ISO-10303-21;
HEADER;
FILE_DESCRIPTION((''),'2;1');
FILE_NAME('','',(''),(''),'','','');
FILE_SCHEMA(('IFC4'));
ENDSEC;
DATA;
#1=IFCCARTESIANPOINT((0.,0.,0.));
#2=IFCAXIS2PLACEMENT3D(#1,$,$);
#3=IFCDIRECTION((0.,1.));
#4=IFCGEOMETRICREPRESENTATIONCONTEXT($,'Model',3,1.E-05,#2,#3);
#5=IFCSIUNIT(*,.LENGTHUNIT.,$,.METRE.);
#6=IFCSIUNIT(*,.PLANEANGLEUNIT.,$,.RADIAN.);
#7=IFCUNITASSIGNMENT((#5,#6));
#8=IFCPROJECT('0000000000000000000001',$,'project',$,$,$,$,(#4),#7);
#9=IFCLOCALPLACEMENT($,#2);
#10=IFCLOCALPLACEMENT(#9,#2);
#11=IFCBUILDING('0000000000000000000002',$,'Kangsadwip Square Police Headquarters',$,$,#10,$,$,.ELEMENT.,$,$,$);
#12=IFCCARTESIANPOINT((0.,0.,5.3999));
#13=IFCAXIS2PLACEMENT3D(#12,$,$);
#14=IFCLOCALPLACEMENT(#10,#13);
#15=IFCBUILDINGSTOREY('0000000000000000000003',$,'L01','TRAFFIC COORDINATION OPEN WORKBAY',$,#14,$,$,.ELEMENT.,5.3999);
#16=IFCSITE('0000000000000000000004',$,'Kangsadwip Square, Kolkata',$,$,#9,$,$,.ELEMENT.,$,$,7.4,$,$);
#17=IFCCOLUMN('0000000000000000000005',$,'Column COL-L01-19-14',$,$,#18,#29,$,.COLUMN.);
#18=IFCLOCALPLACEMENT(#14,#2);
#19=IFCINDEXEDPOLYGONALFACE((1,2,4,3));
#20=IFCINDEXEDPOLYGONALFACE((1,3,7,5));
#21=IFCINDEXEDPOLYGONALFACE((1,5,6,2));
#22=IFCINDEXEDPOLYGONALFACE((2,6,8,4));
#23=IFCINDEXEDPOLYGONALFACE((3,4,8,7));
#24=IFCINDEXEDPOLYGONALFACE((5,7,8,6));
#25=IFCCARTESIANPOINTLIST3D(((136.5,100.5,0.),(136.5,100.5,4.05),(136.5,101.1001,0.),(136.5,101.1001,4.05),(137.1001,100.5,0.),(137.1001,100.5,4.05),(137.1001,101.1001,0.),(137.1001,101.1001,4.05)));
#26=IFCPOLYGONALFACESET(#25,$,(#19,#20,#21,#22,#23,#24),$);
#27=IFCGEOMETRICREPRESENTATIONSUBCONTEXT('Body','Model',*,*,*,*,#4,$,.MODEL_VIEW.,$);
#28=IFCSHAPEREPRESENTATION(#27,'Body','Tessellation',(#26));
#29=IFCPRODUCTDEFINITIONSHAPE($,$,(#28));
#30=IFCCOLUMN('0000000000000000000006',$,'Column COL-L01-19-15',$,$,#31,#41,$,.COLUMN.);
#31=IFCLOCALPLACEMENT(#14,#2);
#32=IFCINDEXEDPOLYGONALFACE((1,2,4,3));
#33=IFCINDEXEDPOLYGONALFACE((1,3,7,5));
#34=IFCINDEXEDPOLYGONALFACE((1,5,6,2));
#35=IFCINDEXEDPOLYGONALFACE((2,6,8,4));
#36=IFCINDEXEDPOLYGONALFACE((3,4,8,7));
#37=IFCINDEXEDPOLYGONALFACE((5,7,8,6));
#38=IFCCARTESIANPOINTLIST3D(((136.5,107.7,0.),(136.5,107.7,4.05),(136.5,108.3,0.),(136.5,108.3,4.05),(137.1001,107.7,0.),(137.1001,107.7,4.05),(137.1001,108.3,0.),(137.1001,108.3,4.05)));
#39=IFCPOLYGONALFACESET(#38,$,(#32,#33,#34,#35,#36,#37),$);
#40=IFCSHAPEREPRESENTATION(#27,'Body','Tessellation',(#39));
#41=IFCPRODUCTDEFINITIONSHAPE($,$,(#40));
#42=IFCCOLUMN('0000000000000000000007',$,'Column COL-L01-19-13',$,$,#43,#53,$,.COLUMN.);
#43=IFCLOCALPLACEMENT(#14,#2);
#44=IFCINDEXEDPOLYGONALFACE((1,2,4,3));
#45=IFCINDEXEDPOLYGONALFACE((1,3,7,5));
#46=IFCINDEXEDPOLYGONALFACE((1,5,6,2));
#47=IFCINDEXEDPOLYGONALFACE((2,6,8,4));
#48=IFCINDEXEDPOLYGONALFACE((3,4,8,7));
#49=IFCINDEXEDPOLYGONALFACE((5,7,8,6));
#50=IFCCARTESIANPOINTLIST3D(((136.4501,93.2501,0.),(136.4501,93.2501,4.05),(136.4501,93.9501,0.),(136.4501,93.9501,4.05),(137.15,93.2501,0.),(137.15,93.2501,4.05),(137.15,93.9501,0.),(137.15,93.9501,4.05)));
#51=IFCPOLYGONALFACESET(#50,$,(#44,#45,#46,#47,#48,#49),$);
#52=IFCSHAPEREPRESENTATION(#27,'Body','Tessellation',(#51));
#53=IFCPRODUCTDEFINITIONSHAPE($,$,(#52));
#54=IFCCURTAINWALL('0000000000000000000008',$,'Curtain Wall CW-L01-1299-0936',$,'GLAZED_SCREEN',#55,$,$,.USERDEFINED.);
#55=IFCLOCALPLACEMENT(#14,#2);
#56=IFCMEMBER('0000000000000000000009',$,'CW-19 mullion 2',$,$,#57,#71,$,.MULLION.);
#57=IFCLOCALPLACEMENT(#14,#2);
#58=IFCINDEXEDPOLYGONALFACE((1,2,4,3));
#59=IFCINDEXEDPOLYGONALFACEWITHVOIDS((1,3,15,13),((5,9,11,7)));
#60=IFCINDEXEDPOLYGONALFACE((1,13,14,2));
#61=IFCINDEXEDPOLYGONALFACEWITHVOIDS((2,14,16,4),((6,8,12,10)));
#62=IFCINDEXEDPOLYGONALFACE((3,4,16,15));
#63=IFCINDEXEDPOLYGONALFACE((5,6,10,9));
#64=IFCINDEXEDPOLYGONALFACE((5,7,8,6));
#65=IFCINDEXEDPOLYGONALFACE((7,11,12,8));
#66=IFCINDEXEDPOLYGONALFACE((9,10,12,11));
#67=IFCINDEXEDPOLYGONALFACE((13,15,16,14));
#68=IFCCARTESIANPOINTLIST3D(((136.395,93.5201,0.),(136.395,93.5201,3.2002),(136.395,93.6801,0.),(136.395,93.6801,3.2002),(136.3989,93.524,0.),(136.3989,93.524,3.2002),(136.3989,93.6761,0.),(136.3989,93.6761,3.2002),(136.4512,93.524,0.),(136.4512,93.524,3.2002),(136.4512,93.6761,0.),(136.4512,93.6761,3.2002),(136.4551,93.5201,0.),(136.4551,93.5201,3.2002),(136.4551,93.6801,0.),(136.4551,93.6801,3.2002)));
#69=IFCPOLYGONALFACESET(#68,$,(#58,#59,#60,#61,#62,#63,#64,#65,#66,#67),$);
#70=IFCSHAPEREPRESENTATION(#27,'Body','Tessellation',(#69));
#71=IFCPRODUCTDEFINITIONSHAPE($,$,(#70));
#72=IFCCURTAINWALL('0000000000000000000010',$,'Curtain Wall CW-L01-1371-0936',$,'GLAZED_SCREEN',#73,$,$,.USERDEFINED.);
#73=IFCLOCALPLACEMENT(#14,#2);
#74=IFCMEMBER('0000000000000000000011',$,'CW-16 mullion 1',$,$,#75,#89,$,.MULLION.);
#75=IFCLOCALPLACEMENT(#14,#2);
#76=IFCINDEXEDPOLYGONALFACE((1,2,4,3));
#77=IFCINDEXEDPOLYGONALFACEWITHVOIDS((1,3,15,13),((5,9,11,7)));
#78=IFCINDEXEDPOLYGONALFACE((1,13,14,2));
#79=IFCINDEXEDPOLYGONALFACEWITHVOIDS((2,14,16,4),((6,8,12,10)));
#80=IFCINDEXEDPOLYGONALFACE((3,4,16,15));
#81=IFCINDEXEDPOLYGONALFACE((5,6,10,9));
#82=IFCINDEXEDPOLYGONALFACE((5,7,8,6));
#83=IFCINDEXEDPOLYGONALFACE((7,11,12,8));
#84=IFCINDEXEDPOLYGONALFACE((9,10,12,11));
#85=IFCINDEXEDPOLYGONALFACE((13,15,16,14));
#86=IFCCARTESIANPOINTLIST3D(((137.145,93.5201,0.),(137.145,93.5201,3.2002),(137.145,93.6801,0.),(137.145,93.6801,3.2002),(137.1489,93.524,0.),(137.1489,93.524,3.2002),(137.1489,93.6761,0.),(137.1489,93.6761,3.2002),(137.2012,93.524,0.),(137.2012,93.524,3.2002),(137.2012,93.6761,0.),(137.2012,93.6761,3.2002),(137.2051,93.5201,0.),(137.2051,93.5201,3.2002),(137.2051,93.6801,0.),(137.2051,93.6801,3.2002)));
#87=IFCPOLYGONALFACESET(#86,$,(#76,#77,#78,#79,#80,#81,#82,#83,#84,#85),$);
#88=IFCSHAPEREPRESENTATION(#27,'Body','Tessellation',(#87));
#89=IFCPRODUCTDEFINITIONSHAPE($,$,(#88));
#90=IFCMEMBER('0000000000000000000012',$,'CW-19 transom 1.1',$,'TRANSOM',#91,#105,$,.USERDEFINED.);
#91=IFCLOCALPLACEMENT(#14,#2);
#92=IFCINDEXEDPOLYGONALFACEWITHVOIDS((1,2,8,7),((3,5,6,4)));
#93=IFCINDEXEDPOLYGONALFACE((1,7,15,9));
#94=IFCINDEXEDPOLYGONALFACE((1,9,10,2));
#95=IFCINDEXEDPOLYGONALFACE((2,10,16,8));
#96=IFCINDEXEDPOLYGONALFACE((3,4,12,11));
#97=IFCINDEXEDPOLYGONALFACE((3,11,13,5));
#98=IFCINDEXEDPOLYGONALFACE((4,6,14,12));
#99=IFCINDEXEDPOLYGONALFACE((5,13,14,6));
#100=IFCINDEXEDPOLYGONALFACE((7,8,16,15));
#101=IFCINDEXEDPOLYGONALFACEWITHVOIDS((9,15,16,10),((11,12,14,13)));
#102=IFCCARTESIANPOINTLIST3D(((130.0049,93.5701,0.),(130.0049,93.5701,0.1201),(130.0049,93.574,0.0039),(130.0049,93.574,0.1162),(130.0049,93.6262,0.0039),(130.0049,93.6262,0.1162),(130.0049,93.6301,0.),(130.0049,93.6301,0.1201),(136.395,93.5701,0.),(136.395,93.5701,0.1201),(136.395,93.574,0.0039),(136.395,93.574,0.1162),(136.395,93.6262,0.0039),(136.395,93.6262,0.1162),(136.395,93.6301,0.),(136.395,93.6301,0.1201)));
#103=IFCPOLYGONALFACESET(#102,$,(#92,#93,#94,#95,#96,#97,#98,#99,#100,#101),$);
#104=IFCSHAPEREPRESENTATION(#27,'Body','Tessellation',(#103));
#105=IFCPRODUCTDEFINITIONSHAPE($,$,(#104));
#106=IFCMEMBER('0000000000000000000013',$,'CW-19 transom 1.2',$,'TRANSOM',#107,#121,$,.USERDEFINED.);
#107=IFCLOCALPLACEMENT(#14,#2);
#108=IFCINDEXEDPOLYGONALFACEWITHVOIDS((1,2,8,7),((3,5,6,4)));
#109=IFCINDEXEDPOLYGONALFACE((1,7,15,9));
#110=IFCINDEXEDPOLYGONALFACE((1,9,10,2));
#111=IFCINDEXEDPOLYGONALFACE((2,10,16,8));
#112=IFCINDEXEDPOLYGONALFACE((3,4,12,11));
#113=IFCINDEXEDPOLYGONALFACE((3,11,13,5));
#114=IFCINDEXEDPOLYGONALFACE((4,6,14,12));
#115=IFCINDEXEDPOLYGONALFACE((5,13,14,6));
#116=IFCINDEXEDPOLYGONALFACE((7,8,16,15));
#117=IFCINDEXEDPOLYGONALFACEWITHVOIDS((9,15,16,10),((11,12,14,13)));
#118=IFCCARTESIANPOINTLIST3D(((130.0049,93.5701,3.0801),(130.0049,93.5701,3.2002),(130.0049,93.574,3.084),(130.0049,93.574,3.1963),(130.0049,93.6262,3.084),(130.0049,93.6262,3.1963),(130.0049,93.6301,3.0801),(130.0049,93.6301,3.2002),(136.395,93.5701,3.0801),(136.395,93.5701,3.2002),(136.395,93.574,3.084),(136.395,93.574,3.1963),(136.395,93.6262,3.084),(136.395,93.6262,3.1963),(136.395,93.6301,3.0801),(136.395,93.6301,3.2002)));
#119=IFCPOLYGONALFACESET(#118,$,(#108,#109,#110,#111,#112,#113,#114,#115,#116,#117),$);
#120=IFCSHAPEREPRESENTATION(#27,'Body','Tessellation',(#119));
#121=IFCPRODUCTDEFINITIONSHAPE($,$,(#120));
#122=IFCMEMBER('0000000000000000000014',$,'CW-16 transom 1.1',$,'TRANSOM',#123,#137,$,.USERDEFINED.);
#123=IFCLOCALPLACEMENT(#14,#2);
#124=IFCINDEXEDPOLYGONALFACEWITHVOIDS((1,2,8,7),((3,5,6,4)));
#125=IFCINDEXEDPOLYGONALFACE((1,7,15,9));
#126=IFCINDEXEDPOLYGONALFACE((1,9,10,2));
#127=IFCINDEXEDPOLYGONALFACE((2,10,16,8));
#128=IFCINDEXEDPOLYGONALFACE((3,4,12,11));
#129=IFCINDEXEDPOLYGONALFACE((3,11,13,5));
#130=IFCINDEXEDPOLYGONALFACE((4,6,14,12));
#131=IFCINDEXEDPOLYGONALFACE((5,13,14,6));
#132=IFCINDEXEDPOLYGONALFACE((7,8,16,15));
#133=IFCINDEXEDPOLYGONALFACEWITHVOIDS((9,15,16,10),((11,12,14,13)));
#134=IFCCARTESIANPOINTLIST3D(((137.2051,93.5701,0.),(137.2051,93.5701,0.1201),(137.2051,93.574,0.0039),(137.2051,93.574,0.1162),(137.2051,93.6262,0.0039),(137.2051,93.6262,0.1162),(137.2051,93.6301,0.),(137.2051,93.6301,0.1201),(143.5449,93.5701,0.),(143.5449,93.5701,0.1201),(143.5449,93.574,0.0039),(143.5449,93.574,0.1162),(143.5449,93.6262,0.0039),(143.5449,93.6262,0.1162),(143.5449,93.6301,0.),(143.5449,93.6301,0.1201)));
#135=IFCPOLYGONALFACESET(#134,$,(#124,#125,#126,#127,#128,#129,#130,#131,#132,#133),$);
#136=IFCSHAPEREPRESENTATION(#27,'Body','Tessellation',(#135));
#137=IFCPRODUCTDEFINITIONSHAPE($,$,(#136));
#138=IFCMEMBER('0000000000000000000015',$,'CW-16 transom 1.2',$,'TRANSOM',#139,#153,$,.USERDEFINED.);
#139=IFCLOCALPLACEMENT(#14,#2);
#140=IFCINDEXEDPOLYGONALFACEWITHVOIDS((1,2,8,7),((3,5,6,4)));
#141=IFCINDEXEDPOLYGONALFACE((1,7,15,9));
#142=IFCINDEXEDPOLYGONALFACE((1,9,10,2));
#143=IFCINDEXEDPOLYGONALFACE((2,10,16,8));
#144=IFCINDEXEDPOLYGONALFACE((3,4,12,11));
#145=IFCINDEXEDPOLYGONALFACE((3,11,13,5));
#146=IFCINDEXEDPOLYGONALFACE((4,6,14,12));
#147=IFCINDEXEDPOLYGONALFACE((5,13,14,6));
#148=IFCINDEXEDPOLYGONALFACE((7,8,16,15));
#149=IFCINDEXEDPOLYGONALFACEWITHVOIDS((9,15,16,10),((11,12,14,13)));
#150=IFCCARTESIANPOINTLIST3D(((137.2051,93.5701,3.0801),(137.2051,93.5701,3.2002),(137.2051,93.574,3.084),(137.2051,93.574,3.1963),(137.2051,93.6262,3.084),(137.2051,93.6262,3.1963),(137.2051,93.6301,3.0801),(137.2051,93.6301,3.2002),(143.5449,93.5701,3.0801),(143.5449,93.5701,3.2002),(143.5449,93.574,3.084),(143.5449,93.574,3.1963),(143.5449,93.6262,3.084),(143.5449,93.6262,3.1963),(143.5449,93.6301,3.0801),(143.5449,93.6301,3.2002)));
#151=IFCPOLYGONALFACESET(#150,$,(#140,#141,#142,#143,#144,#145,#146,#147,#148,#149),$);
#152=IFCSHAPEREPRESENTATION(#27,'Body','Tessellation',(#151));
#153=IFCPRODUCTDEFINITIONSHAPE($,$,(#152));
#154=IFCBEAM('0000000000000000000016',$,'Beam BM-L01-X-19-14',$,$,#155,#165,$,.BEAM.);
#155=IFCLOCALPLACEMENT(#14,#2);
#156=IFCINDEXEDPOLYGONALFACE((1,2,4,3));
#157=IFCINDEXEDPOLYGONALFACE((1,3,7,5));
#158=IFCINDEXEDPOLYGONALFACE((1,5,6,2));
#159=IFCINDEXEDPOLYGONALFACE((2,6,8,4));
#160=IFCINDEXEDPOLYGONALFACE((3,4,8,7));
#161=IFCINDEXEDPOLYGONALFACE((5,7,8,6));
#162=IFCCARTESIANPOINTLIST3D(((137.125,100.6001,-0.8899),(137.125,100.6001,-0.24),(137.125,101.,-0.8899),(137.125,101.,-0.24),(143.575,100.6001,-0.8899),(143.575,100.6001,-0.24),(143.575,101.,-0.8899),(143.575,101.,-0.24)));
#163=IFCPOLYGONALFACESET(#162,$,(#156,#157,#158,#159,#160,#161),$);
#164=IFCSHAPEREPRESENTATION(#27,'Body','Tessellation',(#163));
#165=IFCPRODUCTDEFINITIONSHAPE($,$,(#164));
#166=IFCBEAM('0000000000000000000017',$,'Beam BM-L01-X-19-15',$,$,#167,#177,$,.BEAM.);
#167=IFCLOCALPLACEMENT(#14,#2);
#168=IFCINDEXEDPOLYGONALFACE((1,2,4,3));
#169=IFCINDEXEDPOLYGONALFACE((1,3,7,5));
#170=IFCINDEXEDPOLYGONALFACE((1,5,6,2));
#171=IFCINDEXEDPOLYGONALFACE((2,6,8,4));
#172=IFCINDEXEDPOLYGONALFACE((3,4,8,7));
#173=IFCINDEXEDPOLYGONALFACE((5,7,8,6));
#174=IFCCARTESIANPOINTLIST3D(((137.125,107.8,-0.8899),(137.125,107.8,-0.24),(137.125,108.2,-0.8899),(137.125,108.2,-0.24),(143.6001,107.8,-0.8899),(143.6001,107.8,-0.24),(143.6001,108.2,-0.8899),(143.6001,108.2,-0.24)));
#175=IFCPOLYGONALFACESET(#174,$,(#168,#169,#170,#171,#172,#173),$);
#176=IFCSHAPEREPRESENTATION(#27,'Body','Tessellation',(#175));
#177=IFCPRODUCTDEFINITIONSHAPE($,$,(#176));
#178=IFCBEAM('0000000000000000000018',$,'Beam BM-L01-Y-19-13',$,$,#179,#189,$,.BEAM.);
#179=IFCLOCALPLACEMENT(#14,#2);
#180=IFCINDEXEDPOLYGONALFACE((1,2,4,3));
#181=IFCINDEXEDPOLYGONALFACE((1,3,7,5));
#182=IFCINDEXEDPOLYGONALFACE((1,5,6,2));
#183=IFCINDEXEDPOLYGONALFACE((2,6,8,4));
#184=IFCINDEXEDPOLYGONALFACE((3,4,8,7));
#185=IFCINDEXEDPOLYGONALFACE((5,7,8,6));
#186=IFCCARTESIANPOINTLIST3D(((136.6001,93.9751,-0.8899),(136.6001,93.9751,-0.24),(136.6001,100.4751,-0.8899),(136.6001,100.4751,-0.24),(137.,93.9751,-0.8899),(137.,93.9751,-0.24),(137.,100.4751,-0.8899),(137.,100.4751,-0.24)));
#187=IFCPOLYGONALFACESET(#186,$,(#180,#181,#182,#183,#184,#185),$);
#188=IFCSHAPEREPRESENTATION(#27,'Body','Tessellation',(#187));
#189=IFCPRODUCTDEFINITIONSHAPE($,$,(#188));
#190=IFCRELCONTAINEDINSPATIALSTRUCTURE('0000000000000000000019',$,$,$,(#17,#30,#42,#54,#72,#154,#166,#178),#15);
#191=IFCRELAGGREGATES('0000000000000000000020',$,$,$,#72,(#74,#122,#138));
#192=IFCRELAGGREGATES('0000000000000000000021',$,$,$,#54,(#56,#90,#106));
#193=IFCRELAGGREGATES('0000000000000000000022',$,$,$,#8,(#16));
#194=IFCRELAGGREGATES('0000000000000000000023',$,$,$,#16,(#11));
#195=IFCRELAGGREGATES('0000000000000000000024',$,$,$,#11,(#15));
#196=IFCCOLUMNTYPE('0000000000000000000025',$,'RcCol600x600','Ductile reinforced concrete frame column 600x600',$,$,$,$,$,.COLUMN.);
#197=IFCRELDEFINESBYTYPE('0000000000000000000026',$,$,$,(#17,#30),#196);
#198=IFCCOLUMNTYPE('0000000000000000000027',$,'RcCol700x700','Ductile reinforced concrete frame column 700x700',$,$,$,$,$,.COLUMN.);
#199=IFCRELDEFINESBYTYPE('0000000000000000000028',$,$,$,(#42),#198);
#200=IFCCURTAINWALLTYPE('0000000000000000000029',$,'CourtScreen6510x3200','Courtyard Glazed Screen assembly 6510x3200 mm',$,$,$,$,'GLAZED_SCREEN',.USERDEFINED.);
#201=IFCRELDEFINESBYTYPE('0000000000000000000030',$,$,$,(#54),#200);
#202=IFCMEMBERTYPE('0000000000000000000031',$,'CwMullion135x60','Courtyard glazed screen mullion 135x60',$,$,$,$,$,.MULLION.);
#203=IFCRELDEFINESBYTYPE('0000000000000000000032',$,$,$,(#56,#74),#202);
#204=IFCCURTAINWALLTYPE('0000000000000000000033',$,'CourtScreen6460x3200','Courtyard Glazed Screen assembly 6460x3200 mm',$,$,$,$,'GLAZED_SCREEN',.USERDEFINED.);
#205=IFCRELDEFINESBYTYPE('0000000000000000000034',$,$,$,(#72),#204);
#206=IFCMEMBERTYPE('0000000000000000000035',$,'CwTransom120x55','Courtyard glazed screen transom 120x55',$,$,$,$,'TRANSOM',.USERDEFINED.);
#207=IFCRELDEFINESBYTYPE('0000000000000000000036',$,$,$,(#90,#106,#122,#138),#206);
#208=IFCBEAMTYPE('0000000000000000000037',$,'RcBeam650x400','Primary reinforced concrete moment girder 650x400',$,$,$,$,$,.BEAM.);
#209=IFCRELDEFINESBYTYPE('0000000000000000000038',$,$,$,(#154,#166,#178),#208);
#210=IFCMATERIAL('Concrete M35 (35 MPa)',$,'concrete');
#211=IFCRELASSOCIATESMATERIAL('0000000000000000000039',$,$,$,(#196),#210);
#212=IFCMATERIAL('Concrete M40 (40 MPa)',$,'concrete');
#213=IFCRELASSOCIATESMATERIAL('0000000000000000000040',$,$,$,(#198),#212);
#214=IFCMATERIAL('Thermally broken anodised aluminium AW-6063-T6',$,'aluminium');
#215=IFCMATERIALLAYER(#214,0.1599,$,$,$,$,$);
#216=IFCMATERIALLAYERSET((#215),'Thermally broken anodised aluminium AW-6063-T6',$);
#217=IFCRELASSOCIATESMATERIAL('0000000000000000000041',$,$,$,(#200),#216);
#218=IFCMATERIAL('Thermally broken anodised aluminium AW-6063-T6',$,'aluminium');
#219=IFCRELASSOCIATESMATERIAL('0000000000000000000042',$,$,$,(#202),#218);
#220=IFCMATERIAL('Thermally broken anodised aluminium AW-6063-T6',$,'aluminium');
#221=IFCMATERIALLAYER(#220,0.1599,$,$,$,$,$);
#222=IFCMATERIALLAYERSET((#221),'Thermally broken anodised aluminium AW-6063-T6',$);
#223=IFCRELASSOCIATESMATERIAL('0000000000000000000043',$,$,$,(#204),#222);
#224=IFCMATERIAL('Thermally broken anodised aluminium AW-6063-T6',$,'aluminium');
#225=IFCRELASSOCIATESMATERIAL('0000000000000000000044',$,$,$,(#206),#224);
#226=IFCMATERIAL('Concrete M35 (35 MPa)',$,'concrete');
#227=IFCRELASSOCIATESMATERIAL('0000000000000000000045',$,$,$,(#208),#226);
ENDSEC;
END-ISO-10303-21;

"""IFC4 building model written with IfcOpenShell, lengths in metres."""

from ifc_helpers import new_model, si_unit, direction, frame, origin, origin_2d, place, context, subcontext, project, spatial, rectangle, hollow_rectangle, extrude, material, layer, layer_set, material_profile, profile_set, type_object, element, aggregate, save


model = new_model("IFC4")

# Units and contexts
model_context = context("Model", 3, precision=1e-05, world=origin(), true_north=direction((0.0, 1.0)))
body_context = subcontext(model_context, "Body", "Model", "MODEL_VIEW")
ifc_project = project(units=[si_unit("LENGTHUNIT", "METRE"), si_unit("PLANEANGLEUNIT", "RADIAN")], contexts=[model_context])

# Site, building, storey
site_placement = place(None, origin())
site = spatial("IfcSite", under=ifc_project, at=site_placement, Name="Kangsadwip Square, Kolkata", CompositionType="ELEMENT", RefElevation=7.4)
building_placement = place(site_placement, origin())
building = spatial("IfcBuilding", under=site, at=building_placement, Name="Kangsadwip Square Police Headquarters", CompositionType="ELEMENT")
storey_placement = place(building_placement, frame((0.0, 0.0, 5.3999)))
storey = spatial("IfcBuildingStorey", under=building, at=storey_placement, Name="L01", Description="TRAFFIC COORDINATION OPEN WORKBAY", CompositionType="ELEMENT", Elevation=5.3999)

# Columns
ifc_material_1 = material(Name="Concrete M35 (35 MPa)", Category="concrete")
ifc_material_profile_1 = material_profile(ifc_material_1, rectangle(XDim=0.6001, YDim=0.6001, at=origin_2d()), Name="RC COL 600X600")
ifc_profile_set_1 = profile_set([ifc_material_profile_1], Name="Concrete M35 (35 MPa)")
column_type_1 = type_object("IfcColumnType", Name="RcCol600x600", Description="Ductile reinforced concrete frame column 600x600", PredefinedType="COLUMN", material=ifc_profile_set_1)
for number, where, z_axis, x_axis, name in (
    (1, (136.8, 100.8, 0.0), (0.0, 0.0, 1.0), (1.0, 0.0, 0.0), "Column COL-L01-19-14"),
    (2, (136.8, 108.0, 0.0), (0.0, 0.0, 1.0), (1.0, 0.0, 0.0), "Column COL-L01-19-15"),
):
    element("IfcColumn", number, at=place(storey_placement, frame(where, z_axis=z_axis, x_axis=x_axis)), inside=storey, type_object=column_type_1, Name=name, PredefinedType="COLUMN", context=body_context, shape_type="SweptSolid", body=[
        extrude(rectangle(XDim=0.6001, YDim=0.6001, at=origin_2d()), origin(), (0.0, 0.0, 1.0), 4.05),
    ])
ifc_material_2 = material(Name="Concrete M40 (40 MPa)", Category="concrete")
ifc_material_profile_2 = material_profile(ifc_material_2, rectangle(XDim=0.7, YDim=0.7, at=origin_2d()), Name="RC COL 700X700")
ifc_profile_set_2 = profile_set([ifc_material_profile_2], Name="Concrete M40 (40 MPa)")
column_type_2 = type_object("IfcColumnType", Name="RcCol700x700", Description="Ductile reinforced concrete frame column 700x700", PredefinedType="COLUMN", material=ifc_profile_set_2)
column_placement = place(storey_placement, frame((136.8, 93.6001, 0.0), z_axis=(0.0, 0.0, 1.0), x_axis=(1.0, 0.0, 0.0)))
element("IfcColumn", 3, at=column_placement, inside=storey, type_object=column_type_2, Name="Column COL-L01-19-13", PredefinedType="COLUMN", context=body_context, shape_type="SweptSolid", body=[
    extrude(rectangle(XDim=0.7, YDim=0.7, at=origin_2d()), origin(), (0.0, 0.0, 1.0), 4.05),
])

# Curtain walls, members
ifc_material_3 = material(Name="Thermally broken anodised aluminium AW-6063-T6", Category="aluminium")
ifc_layer_1 = layer(ifc_material_3, 0.1599)
ifc_layer_set_1 = layer_set([ifc_layer_1], Name="Thermally broken anodised aluminium AW-6063-T6")
curtain_wall_type_1 = type_object("IfcCurtainWallType", Name="CourtScreen6510x3200", Description="Courtyard Glazed Screen assembly 6510x3200 mm", ElementType="GLAZED_SCREEN", PredefinedType="USERDEFINED", material=ifc_layer_set_1)
curtain_wall_1_placement = place(storey_placement, origin())
curtain_wall_1 = element("IfcCurtainWall", 4, at=curtain_wall_1_placement, inside=storey, type_object=curtain_wall_type_1, Name="Curtain Wall CW-L01-1299-0936", ObjectType="GLAZED_SCREEN", PredefinedType="USERDEFINED")
ifc_material_4 = material(Name="Thermally broken anodised aluminium AW-6063-T6", Category="aluminium")
ifc_material_profile_3 = material_profile(ifc_material_4, hollow_rectangle(XDim=0.0601, YDim=0.1599, WallThickness=0.0039, at=origin_2d()), Name="CWM 160X60X4")
ifc_profile_set_3 = profile_set([ifc_material_profile_3], Name="Thermally broken anodised aluminium AW-6063-T6")
member_type_1 = type_object("IfcMemberType", Name="CwMullion135x60", Description="Courtyard glazed screen mullion 135x60", PredefinedType="MULLION", material=ifc_profile_set_3)
member_1_placement = place(storey_placement, frame((136.425, 93.6001, 0.0), z_axis=(0.0, 0.0, 1.0), x_axis=(1.0, 0.0, 0.0)))
member_1 = element("IfcMember", 5, at=member_1_placement, type_object=member_type_1, Name="CW-19 mullion 2", PredefinedType="MULLION", context=body_context, shape_type="SweptSolid", body=[
    extrude(hollow_rectangle(XDim=0.0601, YDim=0.1599, WallThickness=0.0039, at=origin_2d()), origin(), (0.0, 0.0, 1.0), 3.2002),
])
ifc_material_5 = material(Name="Thermally broken anodised aluminium AW-6063-T6", Category="aluminium")
ifc_layer_2 = layer(ifc_material_5, 0.1599)
ifc_layer_set_2 = layer_set([ifc_layer_2], Name="Thermally broken anodised aluminium AW-6063-T6")
curtain_wall_type_2 = type_object("IfcCurtainWallType", Name="CourtScreen6460x3200", Description="Courtyard Glazed Screen assembly 6460x3200 mm", ElementType="GLAZED_SCREEN", PredefinedType="USERDEFINED", material=ifc_layer_set_2)
curtain_wall_2_placement = place(storey_placement, origin())
curtain_wall_2 = element("IfcCurtainWall", 6, at=curtain_wall_2_placement, inside=storey, type_object=curtain_wall_type_2, Name="Curtain Wall CW-L01-1371-0936", ObjectType="GLAZED_SCREEN", PredefinedType="USERDEFINED")
member_2_placement = place(storey_placement, frame((137.175, 93.6001, 0.0), z_axis=(0.0, 0.0, 1.0), x_axis=(1.0, 0.0, 0.0)))
member_2 = element("IfcMember", 7, at=member_2_placement, type_object=member_type_1, Name="CW-16 mullion 1", PredefinedType="MULLION", context=body_context, shape_type="SweptSolid", body=[
    extrude(hollow_rectangle(XDim=0.0601, YDim=0.1599, WallThickness=0.0039, at=origin_2d()), origin(), (0.0, 0.0, 1.0), 3.2002),
])

# Members
ifc_material_6 = material(Name="Thermally broken anodised aluminium AW-6063-T6", Category="aluminium")
ifc_material_profile_4 = material_profile(ifc_material_6, hollow_rectangle(XDim=0.0601, YDim=0.1201, WallThickness=0.0039, at=origin_2d()), Name="CWT 120X60X4")
ifc_profile_set_4 = profile_set([ifc_material_profile_4], Name="Thermally broken anodised aluminium AW-6063-T6")
member_type_2 = type_object("IfcMemberType", Name="CwTransom120x55", Description="Courtyard glazed screen transom 120x55", ElementType="TRANSOM", PredefinedType="USERDEFINED", material=ifc_profile_set_4)
member_3_placement = place(storey_placement, frame((130.0049, 93.6001, 0.0601), z_axis=(1.0, 0.0, 0.0), x_axis=(0.0, 1.0, 0.0)))
member_3 = element("IfcMember", 8, at=member_3_placement, type_object=member_type_2, Name="CW-19 transom 1.1", ObjectType="TRANSOM", PredefinedType="USERDEFINED", context=body_context, shape_type="SweptSolid", body=[
    extrude(hollow_rectangle(XDim=0.0601, YDim=0.1201, WallThickness=0.0039, at=origin_2d()), origin(), (0.0, 0.0, 1.0), 6.3901),
])
member_4_placement = place(storey_placement, frame((130.0049, 93.6001, 3.1401), z_axis=(1.0, 0.0, 0.0), x_axis=(0.0, 1.0, 0.0)))
member_4 = element("IfcMember", 9, at=member_4_placement, type_object=member_type_2, Name="CW-19 transom 1.2", ObjectType="TRANSOM", PredefinedType="USERDEFINED", context=body_context, shape_type="SweptSolid", body=[
    extrude(hollow_rectangle(XDim=0.0601, YDim=0.1201, WallThickness=0.0039, at=origin_2d()), origin(), (0.0, 0.0, 1.0), 6.3901),
])
member_5_placement = place(storey_placement, frame((137.2051, 93.6001, 0.0601), z_axis=(1.0, 0.0, 0.0), x_axis=(0.0, 1.0, 0.0)))
member_5 = element("IfcMember", 10, at=member_5_placement, type_object=member_type_2, Name="CW-16 transom 1.1", ObjectType="TRANSOM", PredefinedType="USERDEFINED", context=body_context, shape_type="SweptSolid", body=[
    extrude(hollow_rectangle(XDim=0.0601, YDim=0.1201, WallThickness=0.0039, at=origin_2d()), origin(), (0.0, 0.0, 1.0), 6.3398),
])
member_6_placement = place(storey_placement, frame((137.2051, 93.6001, 3.1401), z_axis=(1.0, 0.0, 0.0), x_axis=(0.0, 1.0, 0.0)))
member_6 = element("IfcMember", 11, at=member_6_placement, type_object=member_type_2, Name="CW-16 transom 1.2", ObjectType="TRANSOM", PredefinedType="USERDEFINED", context=body_context, shape_type="SweptSolid", body=[
    extrude(hollow_rectangle(XDim=0.0601, YDim=0.1201, WallThickness=0.0039, at=origin_2d()), origin(), (0.0, 0.0, 1.0), 6.3398),
])
aggregate(curtain_wall_2, [member_2, member_5, member_6])

# Beams
ifc_material_7 = material(Name="Concrete M35 (35 MPa)", Category="concrete")
ifc_material_profile_5 = material_profile(ifc_material_7, rectangle(XDim=0.3999, YDim=0.6499, at=origin_2d()), Name="RC BM 650X400")
ifc_profile_set_5 = profile_set([ifc_material_profile_5], Name="Concrete M35 (35 MPa)")
beam_type_1 = type_object("IfcBeamType", Name="RcBeam650x400", Description="Primary reinforced concrete moment girder 650x400", PredefinedType="BEAM", material=ifc_profile_set_5)
beam_1_placement = place(storey_placement, frame((137.125, 100.8, -0.5649), z_axis=(1.0, 0.0, 0.0), x_axis=(0.0, 1.0, 0.0)))
element("IfcBeam", 12, at=beam_1_placement, inside=storey, type_object=beam_type_1, Name="Beam BM-L01-X-19-14", PredefinedType="BEAM", context=body_context, shape_type="SweptSolid", body=[
    extrude(rectangle(XDim=0.3999, YDim=0.6499, at=origin_2d()), origin(), (0.0, 0.0, 1.0), 6.45),
])
beam_2_placement = place(storey_placement, frame((137.125, 108.0, -0.5649), z_axis=(1.0, 0.0, 0.0), x_axis=(0.0, 1.0, 0.0)))
element("IfcBeam", 13, at=beam_2_placement, inside=storey, type_object=beam_type_1, Name="Beam BM-L01-X-19-15", PredefinedType="BEAM", context=body_context, shape_type="SweptSolid", body=[
    extrude(rectangle(XDim=0.3999, YDim=0.6499, at=origin_2d()), origin(), (0.0, 0.0, 1.0), 6.4751),
])
beam_3_placement = place(storey_placement, frame((136.8, 93.9751, -0.5649), z_axis=(0.0, 1.0, 0.0), x_axis=(-1.0, 0.0, 0.0)))
element("IfcBeam", 14, at=beam_3_placement, inside=storey, type_object=beam_type_1, Name="Beam BM-L01-Y-19-13", PredefinedType="BEAM", context=body_context, shape_type="SweptSolid", body=[
    extrude(rectangle(XDim=0.3999, YDim=0.6499, at=origin_2d()), origin(), (0.0, 0.0, 1.0), 6.5),
])

aggregate(curtain_wall_1, [member_1, member_3, member_4])

save(model, "model.ifc")
